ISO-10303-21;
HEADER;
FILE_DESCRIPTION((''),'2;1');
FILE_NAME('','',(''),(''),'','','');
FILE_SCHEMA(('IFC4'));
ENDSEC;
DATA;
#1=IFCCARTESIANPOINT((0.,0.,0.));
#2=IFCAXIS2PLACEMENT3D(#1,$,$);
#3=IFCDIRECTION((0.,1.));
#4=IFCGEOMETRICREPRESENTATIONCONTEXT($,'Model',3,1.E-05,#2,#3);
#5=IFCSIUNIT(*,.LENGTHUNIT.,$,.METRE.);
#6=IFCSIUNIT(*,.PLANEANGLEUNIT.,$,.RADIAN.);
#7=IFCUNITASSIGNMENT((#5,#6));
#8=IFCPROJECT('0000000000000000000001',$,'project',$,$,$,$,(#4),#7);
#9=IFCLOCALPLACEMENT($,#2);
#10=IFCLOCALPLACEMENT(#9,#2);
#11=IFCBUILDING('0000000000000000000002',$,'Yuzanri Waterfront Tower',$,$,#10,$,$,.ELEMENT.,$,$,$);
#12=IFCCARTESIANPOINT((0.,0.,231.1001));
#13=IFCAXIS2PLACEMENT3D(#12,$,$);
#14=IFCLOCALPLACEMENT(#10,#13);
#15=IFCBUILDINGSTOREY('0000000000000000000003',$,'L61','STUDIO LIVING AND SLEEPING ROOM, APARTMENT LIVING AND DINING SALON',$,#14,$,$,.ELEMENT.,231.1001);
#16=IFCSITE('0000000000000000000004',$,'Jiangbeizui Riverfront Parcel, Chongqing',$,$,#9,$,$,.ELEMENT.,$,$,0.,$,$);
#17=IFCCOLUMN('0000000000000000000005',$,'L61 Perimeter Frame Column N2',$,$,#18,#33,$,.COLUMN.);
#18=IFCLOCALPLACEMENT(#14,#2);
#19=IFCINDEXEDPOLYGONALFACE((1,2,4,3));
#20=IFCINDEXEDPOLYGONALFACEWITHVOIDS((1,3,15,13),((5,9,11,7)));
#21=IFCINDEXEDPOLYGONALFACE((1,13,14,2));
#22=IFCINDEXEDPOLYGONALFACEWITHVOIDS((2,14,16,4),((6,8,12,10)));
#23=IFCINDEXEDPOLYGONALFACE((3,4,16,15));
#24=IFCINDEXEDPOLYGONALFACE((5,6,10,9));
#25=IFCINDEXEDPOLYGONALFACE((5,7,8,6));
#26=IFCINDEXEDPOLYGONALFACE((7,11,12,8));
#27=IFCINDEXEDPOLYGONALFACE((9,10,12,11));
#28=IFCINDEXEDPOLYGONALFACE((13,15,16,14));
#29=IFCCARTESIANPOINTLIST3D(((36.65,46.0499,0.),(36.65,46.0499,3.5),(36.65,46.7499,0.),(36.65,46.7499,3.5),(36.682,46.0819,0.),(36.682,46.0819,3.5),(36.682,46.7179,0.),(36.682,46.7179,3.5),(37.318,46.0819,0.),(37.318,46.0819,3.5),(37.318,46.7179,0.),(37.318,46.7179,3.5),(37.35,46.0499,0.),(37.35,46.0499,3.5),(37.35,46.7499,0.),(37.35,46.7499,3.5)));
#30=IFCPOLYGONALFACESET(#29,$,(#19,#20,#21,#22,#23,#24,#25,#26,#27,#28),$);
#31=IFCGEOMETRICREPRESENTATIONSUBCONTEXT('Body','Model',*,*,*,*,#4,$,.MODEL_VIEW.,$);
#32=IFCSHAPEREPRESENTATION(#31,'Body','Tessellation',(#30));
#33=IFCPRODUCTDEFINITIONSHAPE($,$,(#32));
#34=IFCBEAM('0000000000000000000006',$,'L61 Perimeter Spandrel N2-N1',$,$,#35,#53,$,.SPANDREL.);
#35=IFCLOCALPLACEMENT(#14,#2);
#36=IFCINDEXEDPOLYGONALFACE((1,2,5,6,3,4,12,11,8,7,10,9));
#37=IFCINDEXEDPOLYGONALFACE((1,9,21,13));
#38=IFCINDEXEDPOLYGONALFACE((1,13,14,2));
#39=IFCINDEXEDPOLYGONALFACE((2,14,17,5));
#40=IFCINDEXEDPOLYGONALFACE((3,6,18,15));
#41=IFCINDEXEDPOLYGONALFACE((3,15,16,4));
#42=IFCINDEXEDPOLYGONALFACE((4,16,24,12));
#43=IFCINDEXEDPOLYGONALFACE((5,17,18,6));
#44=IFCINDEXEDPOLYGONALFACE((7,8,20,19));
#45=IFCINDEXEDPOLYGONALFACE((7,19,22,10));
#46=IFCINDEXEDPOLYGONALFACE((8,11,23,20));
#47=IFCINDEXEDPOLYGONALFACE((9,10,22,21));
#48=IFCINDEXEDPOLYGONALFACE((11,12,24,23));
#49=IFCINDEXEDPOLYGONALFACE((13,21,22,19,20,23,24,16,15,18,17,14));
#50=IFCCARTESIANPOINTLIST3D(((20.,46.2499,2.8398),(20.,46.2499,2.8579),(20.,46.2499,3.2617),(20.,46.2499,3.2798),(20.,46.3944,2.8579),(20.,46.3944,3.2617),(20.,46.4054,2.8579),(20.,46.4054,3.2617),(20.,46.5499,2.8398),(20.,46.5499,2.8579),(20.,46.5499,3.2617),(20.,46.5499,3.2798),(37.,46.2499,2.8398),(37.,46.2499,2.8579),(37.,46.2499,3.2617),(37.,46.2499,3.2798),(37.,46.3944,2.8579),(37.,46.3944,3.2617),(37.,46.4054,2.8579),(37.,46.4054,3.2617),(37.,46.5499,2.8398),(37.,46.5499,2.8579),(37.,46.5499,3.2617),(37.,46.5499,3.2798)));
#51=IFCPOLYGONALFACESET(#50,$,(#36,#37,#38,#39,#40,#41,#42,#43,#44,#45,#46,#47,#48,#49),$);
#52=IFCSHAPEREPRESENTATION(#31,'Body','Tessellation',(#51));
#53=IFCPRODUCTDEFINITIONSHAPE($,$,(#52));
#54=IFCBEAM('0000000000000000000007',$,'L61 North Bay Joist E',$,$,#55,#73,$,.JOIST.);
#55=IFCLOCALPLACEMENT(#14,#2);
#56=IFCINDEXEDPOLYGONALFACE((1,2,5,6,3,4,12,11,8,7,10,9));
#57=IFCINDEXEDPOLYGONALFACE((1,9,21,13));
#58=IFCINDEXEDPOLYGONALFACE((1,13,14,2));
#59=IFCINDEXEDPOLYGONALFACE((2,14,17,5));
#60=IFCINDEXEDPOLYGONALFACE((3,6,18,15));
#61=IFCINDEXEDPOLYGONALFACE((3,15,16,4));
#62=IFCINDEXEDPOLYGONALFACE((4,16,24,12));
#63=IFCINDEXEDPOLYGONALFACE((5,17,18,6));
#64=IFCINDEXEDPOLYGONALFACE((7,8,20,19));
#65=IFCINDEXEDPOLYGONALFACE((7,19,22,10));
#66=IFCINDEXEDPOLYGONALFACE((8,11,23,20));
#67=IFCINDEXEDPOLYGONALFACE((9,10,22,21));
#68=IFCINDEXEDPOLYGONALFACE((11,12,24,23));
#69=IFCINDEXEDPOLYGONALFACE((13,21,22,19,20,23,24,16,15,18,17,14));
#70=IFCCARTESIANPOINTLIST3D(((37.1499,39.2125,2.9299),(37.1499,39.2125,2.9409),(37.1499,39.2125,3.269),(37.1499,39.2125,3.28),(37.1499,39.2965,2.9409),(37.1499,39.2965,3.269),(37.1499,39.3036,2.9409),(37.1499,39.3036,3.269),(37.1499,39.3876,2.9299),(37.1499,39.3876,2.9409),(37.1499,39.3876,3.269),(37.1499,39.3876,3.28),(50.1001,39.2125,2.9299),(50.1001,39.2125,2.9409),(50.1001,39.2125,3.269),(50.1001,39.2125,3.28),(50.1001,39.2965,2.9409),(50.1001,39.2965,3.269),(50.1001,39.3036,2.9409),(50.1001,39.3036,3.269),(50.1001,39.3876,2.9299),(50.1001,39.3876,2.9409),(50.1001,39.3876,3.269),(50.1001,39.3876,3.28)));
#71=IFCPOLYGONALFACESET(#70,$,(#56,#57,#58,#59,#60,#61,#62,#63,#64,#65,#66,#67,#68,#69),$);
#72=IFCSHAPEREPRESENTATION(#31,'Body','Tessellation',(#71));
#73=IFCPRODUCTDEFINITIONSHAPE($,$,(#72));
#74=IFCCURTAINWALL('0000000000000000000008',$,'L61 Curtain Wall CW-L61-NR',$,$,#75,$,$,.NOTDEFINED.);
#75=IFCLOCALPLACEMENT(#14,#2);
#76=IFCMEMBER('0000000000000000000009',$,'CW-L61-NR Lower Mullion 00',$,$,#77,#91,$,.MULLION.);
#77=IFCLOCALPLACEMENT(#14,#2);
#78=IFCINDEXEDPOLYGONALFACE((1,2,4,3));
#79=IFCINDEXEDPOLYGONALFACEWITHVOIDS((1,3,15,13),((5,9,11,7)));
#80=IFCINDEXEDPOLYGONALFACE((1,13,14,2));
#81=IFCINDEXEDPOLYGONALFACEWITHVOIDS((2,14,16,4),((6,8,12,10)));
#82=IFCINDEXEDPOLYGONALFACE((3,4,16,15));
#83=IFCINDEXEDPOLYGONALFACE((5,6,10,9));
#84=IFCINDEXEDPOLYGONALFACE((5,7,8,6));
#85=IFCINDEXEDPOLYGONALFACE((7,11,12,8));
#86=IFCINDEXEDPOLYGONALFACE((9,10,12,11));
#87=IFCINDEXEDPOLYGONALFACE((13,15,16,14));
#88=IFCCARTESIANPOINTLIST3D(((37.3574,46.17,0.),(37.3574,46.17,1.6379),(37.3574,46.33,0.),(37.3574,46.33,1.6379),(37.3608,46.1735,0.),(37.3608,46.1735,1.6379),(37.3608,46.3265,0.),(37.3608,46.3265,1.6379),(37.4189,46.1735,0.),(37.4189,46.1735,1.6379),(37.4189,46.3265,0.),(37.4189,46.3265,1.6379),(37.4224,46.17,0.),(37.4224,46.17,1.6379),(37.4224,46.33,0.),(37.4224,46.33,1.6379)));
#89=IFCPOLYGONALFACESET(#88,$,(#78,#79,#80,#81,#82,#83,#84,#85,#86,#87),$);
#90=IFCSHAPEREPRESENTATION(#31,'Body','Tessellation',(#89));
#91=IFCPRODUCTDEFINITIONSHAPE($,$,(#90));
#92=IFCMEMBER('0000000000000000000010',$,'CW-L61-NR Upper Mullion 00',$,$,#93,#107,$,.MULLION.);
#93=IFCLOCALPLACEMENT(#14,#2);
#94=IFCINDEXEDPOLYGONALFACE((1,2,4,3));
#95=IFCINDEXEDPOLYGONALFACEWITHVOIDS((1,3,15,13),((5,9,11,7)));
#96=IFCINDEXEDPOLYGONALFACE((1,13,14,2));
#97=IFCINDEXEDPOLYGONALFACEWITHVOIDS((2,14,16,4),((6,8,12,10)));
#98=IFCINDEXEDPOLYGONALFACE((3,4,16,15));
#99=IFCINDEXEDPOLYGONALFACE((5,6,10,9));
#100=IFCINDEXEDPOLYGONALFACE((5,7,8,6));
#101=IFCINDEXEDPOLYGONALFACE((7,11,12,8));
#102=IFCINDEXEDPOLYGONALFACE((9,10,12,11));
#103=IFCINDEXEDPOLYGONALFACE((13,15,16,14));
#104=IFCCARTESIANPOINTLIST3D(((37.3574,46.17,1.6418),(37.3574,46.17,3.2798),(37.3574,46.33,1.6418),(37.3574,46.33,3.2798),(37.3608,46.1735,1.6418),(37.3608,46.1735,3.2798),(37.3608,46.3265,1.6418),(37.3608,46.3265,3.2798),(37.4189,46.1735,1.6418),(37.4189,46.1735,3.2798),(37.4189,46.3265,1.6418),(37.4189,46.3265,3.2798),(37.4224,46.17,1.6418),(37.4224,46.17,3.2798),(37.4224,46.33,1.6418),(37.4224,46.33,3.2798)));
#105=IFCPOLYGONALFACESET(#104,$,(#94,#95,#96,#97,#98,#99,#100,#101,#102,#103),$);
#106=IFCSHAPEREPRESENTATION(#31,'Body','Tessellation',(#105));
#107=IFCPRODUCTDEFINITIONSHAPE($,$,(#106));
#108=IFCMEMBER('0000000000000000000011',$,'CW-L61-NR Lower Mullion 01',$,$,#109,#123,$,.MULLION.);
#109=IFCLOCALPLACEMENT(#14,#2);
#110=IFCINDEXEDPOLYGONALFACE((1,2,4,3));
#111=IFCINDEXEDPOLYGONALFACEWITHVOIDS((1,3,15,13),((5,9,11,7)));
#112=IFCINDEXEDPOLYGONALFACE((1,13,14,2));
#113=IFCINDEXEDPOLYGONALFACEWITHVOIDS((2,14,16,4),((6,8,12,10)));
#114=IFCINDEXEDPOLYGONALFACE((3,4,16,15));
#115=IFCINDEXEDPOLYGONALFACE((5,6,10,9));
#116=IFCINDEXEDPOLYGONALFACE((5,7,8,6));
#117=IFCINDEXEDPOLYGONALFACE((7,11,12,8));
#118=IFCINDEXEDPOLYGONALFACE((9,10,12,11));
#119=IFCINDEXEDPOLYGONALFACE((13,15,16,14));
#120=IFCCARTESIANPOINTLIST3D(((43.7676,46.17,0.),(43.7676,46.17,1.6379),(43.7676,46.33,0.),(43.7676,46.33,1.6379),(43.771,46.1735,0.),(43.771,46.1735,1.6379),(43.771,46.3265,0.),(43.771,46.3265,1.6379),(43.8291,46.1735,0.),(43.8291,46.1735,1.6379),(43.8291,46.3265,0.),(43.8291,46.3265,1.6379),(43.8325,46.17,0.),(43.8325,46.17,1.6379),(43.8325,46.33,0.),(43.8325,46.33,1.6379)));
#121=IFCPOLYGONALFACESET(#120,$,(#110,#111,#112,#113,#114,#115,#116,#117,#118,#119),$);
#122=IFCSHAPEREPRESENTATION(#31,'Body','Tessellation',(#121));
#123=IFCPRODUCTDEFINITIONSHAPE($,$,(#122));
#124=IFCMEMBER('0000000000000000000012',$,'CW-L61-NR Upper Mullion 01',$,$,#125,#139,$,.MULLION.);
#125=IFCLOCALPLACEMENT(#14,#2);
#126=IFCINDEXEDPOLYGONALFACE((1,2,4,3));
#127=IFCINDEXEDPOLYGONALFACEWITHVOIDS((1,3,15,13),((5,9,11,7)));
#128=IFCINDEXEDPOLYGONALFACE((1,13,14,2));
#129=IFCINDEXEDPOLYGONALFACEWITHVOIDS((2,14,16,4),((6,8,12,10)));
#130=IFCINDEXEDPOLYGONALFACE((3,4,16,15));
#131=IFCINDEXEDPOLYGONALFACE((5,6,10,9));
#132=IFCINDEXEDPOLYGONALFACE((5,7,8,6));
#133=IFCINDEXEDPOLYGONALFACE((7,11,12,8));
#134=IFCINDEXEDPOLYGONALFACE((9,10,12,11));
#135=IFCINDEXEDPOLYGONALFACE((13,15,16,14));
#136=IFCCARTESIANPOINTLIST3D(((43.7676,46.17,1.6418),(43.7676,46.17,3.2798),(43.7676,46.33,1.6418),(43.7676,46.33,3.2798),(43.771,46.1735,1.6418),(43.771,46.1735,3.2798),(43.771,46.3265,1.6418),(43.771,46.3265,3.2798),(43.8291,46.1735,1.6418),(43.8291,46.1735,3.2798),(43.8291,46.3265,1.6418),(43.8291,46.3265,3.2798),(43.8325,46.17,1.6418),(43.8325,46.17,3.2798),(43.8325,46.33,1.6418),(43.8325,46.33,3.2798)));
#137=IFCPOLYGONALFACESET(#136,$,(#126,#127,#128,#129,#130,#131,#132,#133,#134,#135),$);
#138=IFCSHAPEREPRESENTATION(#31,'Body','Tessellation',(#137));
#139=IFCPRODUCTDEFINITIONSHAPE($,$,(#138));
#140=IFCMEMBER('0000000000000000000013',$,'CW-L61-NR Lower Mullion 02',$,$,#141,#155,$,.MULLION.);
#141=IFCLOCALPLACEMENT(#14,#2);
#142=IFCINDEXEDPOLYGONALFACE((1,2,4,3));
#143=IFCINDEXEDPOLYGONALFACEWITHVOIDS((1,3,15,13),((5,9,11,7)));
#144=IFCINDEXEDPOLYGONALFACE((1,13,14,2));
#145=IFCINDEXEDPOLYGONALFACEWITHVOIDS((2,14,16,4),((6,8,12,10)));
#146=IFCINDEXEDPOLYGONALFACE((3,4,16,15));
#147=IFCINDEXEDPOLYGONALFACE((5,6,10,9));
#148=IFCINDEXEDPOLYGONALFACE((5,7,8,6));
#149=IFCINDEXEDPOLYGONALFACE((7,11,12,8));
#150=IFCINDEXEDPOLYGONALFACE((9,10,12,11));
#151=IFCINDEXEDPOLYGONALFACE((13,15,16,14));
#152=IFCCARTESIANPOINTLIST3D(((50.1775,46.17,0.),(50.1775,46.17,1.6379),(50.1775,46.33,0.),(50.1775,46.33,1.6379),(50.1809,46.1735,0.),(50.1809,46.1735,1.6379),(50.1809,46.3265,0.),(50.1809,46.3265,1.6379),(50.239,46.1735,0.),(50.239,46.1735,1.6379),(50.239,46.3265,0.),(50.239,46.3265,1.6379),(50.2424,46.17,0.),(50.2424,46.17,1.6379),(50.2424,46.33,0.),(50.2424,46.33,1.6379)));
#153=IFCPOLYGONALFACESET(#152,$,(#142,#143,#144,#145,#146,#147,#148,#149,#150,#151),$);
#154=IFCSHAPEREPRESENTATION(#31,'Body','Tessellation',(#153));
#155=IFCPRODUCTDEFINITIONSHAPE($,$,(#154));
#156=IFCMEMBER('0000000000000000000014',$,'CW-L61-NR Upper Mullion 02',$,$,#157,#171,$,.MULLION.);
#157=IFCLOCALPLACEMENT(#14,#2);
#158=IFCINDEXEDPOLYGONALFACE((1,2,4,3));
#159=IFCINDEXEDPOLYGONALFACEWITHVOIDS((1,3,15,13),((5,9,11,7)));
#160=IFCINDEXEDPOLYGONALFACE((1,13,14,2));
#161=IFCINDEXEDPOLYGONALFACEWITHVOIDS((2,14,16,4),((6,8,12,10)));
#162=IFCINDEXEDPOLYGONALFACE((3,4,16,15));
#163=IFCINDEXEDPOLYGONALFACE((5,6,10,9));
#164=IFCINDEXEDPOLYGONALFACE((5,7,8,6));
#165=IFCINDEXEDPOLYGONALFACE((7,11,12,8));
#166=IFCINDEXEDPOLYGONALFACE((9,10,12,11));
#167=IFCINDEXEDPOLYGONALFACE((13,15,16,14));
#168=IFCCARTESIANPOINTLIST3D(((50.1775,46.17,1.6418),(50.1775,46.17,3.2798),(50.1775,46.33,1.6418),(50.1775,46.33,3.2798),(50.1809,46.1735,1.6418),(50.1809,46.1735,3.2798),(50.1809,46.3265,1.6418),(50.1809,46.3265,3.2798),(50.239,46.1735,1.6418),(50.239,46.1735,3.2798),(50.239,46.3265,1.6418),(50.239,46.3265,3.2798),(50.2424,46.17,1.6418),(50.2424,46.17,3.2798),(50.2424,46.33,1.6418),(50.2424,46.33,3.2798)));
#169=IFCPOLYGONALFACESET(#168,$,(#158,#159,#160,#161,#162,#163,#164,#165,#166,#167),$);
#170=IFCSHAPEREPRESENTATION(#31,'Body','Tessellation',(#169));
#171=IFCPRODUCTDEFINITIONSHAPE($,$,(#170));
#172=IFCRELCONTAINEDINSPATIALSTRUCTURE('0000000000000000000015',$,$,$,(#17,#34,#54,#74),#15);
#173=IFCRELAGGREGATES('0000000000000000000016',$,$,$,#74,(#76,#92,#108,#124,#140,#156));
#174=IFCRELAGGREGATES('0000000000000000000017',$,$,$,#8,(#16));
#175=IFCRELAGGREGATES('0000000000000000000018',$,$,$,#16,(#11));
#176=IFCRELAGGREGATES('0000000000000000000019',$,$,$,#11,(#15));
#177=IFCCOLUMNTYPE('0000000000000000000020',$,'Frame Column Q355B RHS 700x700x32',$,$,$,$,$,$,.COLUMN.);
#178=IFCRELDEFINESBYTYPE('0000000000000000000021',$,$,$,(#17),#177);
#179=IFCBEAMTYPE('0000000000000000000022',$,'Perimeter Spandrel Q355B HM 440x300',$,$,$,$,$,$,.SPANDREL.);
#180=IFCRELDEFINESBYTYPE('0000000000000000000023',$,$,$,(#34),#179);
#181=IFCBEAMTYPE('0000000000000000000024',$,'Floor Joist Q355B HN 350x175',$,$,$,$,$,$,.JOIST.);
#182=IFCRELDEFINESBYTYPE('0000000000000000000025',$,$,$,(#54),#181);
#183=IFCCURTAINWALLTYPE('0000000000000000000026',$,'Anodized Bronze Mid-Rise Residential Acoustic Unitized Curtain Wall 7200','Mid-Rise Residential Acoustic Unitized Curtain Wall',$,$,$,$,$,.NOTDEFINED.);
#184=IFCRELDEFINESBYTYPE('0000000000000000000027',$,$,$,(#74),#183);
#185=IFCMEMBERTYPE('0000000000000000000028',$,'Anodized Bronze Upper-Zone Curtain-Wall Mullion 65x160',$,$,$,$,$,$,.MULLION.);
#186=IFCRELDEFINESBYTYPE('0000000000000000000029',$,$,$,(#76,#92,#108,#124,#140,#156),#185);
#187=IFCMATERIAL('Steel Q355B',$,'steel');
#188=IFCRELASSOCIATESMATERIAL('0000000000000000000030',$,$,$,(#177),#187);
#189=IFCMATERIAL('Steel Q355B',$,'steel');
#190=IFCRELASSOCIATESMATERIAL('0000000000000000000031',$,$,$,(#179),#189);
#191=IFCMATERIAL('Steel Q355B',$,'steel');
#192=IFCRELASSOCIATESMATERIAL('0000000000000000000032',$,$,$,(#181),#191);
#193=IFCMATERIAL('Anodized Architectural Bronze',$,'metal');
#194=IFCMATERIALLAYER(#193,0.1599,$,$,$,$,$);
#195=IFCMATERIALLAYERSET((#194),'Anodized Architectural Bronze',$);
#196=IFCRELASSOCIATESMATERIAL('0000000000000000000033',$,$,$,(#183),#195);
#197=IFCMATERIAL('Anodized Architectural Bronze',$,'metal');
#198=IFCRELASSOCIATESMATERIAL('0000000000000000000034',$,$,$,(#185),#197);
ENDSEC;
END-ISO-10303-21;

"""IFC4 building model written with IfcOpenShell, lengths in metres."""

from ifc_helpers import new_model, si_unit, direction, frame, origin, origin_2d, place, context, subcontext, project, spatial, hollow_rectangle, i_section, extrude, source, transform, mapped, material, layer, layer_set, material_profile, profile_set, type_object, element, aggregate, save


model = new_model("IFC4")

# Units and contexts
model_context = context("Model", 3, precision=1e-05, world=origin(), true_north=direction((0.0, 1.0)))
body_context = subcontext(model_context, "Body", "Model", "MODEL_VIEW")
ifc_project = project(units=[si_unit("LENGTHUNIT", "METRE"), si_unit("PLANEANGLEUNIT", "RADIAN")], contexts=[model_context])

# Site, building, storey
site_placement = place(None, origin())
site = spatial("IfcSite", under=ifc_project, at=site_placement, Name="Jiangbeizui Riverfront Parcel, Chongqing", CompositionType="ELEMENT", RefElevation=0.0)
building_placement = place(site_placement, origin())
building = spatial("IfcBuilding", under=site, at=building_placement, Name="Yuzanri Waterfront Tower", CompositionType="ELEMENT")
storey_placement = place(building_placement, frame((0.0, 0.0, 231.1001)))
storey = spatial("IfcBuildingStorey", under=building, at=storey_placement, Name="L61", Description="STUDIO LIVING AND SLEEPING ROOM, APARTMENT LIVING AND DINING SALON", CompositionType="ELEMENT", Elevation=231.1001)

# Column
ifc_material_1 = material(Name="Steel Q355B", Category="steel")
ifc_material_profile_1 = material_profile(ifc_material_1, hollow_rectangle(XDim=0.7, YDim=0.7, WallThickness=0.032, at=origin_2d()), Name="RHS 700x700x32")
ifc_profile_set_1 = profile_set([ifc_material_profile_1], Name="Steel Q355B")
column_type = type_object("IfcColumnType", Name="Frame Column Q355B RHS 700x700x32", PredefinedType="COLUMN", material=ifc_profile_set_1)
shared_shape_1 = source(origin(), body_context, "Body", "SweptSolid", [
    extrude(hollow_rectangle(XDim=0.7, YDim=0.7, WallThickness=0.032, at=origin_2d()), origin(), (0.0, 0.0, 1.0), 3.5),
])
column_placement = place(storey_placement, frame((37.0, 46.3999, 0.0), z_axis=(0.0, 0.0, 1.0), x_axis=(1.0, 0.0, 0.0)))
element("IfcColumn", 1, at=column_placement, inside=storey, type_object=column_type, Name="L61 Perimeter Frame Column N2", PredefinedType="COLUMN", context=body_context, shape_type="MappedRepresentation", body=[
    mapped(shared_shape_1, transform((0.0, 0.0, 0.0), scale=1.0)),
])

# Beams
ifc_material_2 = material(Name="Steel Q355B", Category="steel")
ifc_material_profile_2 = material_profile(ifc_material_2, i_section(OverallWidth=0.3, OverallDepth=0.4399, WebThickness=0.011, FlangeThickness=0.0181, at=origin_2d()), Name="HM 440x300x11x18")
ifc_profile_set_2 = profile_set([ifc_material_profile_2], Name="Steel Q355B")
beam_type_1 = type_object("IfcBeamType", Name="Perimeter Spandrel Q355B HM 440x300", PredefinedType="SPANDREL", material=ifc_profile_set_2)
shared_shape_2 = source(origin(), body_context, "Body", "SweptSolid", [
    extrude(i_section(OverallWidth=0.3, OverallDepth=0.4399, WebThickness=0.011, FlangeThickness=0.0181, at=origin_2d()), origin(), (0.0, 0.0, 1.0), 17.0),
])
beam_1_placement = place(storey_placement, frame((37.0, 46.3999, 3.0598), z_axis=(-1.0, 0.0, 0.0), x_axis=(0.0, -1.0, 0.0)))
element("IfcBeam", 2, at=beam_1_placement, inside=storey, type_object=beam_type_1, Name="L61 Perimeter Spandrel N2-N1", PredefinedType="SPANDREL", context=body_context, shape_type="MappedRepresentation", body=[
    mapped(shared_shape_2, transform((0.0, 0.0, 0.0), scale=1.0)),
])
ifc_material_3 = material(Name="Steel Q355B", Category="steel")
ifc_material_profile_3 = material_profile(ifc_material_3, i_section(OverallWidth=0.175, OverallDepth=0.3501, WebThickness=0.0071, FlangeThickness=0.011, at=origin_2d()), Name="HN 350x175x7x11")
ifc_profile_set_3 = profile_set([ifc_material_profile_3], Name="Steel Q355B")
beam_type_2 = type_object("IfcBeamType", Name="Floor Joist Q355B HN 350x175", PredefinedType="JOIST", material=ifc_profile_set_3)
shared_shape_3 = source(origin(), body_context, "Body", "SweptSolid", [
    extrude(i_section(OverallWidth=0.175, OverallDepth=0.3501, WebThickness=0.0071, FlangeThickness=0.011, at=origin_2d()), origin(), (0.0, 0.0, 1.0), 12.9502),
])
beam_2_placement = place(storey_placement, frame((37.1499, 39.3, 3.105), z_axis=(1.0, 0.0, 0.0), x_axis=(0.0, 1.0, 0.0)))
element("IfcBeam", 3, at=beam_2_placement, inside=storey, type_object=beam_type_2, Name="L61 North Bay Joist E", PredefinedType="JOIST", context=body_context, shape_type="MappedRepresentation", body=[
    mapped(shared_shape_3, transform((0.0, 0.0, 0.0), scale=1.0)),
])

# Curtain wall, members
ifc_material_4 = material(Name="Anodized Architectural Bronze", Category="metal")
ifc_layer_1 = layer(ifc_material_4, 0.1599)
ifc_layer_set_1 = layer_set([ifc_layer_1], Name="Anodized Architectural Bronze")
curtain_wall_type = type_object("IfcCurtainWallType", Name="Anodized Bronze Mid-Rise Residential Acoustic Unitized Curtain Wall 7200", Description="Mid-Rise Residential Acoustic Unitized Curtain Wall", PredefinedType="NOTDEFINED", material=ifc_layer_set_1)
curtain_wall_placement = place(storey_placement, origin())
curtain_wall = element("IfcCurtainWall", 4, at=curtain_wall_placement, inside=storey, type_object=curtain_wall_type, Name="L61 Curtain Wall CW-L61-NR", PredefinedType="NOTDEFINED")
ifc_material_5 = material(Name="Anodized Architectural Bronze", Category="metal")
ifc_material_profile_4 = material_profile(ifc_material_5, hollow_rectangle(XDim=0.0649, YDim=0.1599, WallThickness=0.0034, at=origin_2d()), Name="CWM 65x160")
ifc_profile_set_4 = profile_set([ifc_material_profile_4], Name="Anodized Architectural Bronze")
member_type_1 = type_object("IfcMemberType", Name="Anodized Bronze Upper-Zone Curtain-Wall Mullion 65x160", PredefinedType="MULLION", material=ifc_profile_set_4)
shared_shape_4 = source(origin(), body_context, "Body", "SweptSolid", [
    extrude(hollow_rectangle(XDim=0.0649, YDim=0.1599, WallThickness=0.0034, at=origin_2d()), origin(), (0.0, 0.0, 1.0), 1.6379),
])
member_1_placement = place(storey_placement, frame((37.3899, 46.25, 0.0), z_axis=(0.0, 0.0, 1.0), x_axis=(1.0, 0.0, 0.0)))
member_1 = element("IfcMember", 5, at=member_1_placement, type_object=member_type_1, Name="CW-L61-NR Lower Mullion 00", PredefinedType="MULLION", context=body_context, shape_type="MappedRepresentation", body=[
    mapped(shared_shape_4, transform((0.0, 0.0, 0.0), scale=1.0)),
])
member_2_placement = place(storey_placement, frame((37.3899, 46.25, 1.6418), z_axis=(0.0, 0.0, 1.0), x_axis=(1.0, 0.0, 0.0)))
member_2 = element("IfcMember", 6, at=member_2_placement, type_object=member_type_1, Name="CW-L61-NR Upper Mullion 00", PredefinedType="MULLION", context=body_context, shape_type="MappedRepresentation", body=[
    mapped(shared_shape_4, transform((0.0, 0.0, 0.0), scale=1.0)),
])
member_3_placement = place(storey_placement, frame((43.8, 46.25, 0.0), z_axis=(0.0, 0.0, 1.0), x_axis=(1.0, 0.0, 0.0)))
member_3 = element("IfcMember", 7, at=member_3_placement, type_object=member_type_1, Name="CW-L61-NR Lower Mullion 01", PredefinedType="MULLION", context=body_context, shape_type="MappedRepresentation", body=[
    mapped(shared_shape_4, transform((0.0, 0.0, 0.0), scale=1.0)),
])
member_4_placement = place(storey_placement, frame((43.8, 46.25, 1.6418), z_axis=(0.0, 0.0, 1.0), x_axis=(1.0, 0.0, 0.0)))
member_4 = element("IfcMember", 8, at=member_4_placement, type_object=member_type_1, Name="CW-L61-NR Upper Mullion 01", PredefinedType="MULLION", context=body_context, shape_type="MappedRepresentation", body=[
    mapped(shared_shape_4, transform((0.0, 0.0, 0.0), scale=1.0)),
])
member_5_placement = place(storey_placement, frame((50.21, 46.25, 0.0), z_axis=(0.0, 0.0, 1.0), x_axis=(1.0, 0.0, 0.0)))
member_5 = element("IfcMember", 9, at=member_5_placement, type_object=member_type_1, Name="CW-L61-NR Lower Mullion 02", PredefinedType="MULLION", context=body_context, shape_type="MappedRepresentation", body=[
    mapped(shared_shape_4, transform((0.0, 0.0, 0.0), scale=1.0)),
])
member_6_placement = place(storey_placement, frame((50.21, 46.25, 1.6418), z_axis=(0.0, 0.0, 1.0), x_axis=(1.0, 0.0, 0.0)))
member_6 = element("IfcMember", 10, at=member_6_placement, type_object=member_type_1, Name="CW-L61-NR Upper Mullion 02", PredefinedType="MULLION", context=body_context, shape_type="MappedRepresentation", body=[
    mapped(shared_shape_4, transform((0.0, 0.0, 0.0), scale=1.0)),
])
aggregate(curtain_wall, [member_1, member_2, member_3, member_4, member_5, member_6])

save(model, "model.ifc")
